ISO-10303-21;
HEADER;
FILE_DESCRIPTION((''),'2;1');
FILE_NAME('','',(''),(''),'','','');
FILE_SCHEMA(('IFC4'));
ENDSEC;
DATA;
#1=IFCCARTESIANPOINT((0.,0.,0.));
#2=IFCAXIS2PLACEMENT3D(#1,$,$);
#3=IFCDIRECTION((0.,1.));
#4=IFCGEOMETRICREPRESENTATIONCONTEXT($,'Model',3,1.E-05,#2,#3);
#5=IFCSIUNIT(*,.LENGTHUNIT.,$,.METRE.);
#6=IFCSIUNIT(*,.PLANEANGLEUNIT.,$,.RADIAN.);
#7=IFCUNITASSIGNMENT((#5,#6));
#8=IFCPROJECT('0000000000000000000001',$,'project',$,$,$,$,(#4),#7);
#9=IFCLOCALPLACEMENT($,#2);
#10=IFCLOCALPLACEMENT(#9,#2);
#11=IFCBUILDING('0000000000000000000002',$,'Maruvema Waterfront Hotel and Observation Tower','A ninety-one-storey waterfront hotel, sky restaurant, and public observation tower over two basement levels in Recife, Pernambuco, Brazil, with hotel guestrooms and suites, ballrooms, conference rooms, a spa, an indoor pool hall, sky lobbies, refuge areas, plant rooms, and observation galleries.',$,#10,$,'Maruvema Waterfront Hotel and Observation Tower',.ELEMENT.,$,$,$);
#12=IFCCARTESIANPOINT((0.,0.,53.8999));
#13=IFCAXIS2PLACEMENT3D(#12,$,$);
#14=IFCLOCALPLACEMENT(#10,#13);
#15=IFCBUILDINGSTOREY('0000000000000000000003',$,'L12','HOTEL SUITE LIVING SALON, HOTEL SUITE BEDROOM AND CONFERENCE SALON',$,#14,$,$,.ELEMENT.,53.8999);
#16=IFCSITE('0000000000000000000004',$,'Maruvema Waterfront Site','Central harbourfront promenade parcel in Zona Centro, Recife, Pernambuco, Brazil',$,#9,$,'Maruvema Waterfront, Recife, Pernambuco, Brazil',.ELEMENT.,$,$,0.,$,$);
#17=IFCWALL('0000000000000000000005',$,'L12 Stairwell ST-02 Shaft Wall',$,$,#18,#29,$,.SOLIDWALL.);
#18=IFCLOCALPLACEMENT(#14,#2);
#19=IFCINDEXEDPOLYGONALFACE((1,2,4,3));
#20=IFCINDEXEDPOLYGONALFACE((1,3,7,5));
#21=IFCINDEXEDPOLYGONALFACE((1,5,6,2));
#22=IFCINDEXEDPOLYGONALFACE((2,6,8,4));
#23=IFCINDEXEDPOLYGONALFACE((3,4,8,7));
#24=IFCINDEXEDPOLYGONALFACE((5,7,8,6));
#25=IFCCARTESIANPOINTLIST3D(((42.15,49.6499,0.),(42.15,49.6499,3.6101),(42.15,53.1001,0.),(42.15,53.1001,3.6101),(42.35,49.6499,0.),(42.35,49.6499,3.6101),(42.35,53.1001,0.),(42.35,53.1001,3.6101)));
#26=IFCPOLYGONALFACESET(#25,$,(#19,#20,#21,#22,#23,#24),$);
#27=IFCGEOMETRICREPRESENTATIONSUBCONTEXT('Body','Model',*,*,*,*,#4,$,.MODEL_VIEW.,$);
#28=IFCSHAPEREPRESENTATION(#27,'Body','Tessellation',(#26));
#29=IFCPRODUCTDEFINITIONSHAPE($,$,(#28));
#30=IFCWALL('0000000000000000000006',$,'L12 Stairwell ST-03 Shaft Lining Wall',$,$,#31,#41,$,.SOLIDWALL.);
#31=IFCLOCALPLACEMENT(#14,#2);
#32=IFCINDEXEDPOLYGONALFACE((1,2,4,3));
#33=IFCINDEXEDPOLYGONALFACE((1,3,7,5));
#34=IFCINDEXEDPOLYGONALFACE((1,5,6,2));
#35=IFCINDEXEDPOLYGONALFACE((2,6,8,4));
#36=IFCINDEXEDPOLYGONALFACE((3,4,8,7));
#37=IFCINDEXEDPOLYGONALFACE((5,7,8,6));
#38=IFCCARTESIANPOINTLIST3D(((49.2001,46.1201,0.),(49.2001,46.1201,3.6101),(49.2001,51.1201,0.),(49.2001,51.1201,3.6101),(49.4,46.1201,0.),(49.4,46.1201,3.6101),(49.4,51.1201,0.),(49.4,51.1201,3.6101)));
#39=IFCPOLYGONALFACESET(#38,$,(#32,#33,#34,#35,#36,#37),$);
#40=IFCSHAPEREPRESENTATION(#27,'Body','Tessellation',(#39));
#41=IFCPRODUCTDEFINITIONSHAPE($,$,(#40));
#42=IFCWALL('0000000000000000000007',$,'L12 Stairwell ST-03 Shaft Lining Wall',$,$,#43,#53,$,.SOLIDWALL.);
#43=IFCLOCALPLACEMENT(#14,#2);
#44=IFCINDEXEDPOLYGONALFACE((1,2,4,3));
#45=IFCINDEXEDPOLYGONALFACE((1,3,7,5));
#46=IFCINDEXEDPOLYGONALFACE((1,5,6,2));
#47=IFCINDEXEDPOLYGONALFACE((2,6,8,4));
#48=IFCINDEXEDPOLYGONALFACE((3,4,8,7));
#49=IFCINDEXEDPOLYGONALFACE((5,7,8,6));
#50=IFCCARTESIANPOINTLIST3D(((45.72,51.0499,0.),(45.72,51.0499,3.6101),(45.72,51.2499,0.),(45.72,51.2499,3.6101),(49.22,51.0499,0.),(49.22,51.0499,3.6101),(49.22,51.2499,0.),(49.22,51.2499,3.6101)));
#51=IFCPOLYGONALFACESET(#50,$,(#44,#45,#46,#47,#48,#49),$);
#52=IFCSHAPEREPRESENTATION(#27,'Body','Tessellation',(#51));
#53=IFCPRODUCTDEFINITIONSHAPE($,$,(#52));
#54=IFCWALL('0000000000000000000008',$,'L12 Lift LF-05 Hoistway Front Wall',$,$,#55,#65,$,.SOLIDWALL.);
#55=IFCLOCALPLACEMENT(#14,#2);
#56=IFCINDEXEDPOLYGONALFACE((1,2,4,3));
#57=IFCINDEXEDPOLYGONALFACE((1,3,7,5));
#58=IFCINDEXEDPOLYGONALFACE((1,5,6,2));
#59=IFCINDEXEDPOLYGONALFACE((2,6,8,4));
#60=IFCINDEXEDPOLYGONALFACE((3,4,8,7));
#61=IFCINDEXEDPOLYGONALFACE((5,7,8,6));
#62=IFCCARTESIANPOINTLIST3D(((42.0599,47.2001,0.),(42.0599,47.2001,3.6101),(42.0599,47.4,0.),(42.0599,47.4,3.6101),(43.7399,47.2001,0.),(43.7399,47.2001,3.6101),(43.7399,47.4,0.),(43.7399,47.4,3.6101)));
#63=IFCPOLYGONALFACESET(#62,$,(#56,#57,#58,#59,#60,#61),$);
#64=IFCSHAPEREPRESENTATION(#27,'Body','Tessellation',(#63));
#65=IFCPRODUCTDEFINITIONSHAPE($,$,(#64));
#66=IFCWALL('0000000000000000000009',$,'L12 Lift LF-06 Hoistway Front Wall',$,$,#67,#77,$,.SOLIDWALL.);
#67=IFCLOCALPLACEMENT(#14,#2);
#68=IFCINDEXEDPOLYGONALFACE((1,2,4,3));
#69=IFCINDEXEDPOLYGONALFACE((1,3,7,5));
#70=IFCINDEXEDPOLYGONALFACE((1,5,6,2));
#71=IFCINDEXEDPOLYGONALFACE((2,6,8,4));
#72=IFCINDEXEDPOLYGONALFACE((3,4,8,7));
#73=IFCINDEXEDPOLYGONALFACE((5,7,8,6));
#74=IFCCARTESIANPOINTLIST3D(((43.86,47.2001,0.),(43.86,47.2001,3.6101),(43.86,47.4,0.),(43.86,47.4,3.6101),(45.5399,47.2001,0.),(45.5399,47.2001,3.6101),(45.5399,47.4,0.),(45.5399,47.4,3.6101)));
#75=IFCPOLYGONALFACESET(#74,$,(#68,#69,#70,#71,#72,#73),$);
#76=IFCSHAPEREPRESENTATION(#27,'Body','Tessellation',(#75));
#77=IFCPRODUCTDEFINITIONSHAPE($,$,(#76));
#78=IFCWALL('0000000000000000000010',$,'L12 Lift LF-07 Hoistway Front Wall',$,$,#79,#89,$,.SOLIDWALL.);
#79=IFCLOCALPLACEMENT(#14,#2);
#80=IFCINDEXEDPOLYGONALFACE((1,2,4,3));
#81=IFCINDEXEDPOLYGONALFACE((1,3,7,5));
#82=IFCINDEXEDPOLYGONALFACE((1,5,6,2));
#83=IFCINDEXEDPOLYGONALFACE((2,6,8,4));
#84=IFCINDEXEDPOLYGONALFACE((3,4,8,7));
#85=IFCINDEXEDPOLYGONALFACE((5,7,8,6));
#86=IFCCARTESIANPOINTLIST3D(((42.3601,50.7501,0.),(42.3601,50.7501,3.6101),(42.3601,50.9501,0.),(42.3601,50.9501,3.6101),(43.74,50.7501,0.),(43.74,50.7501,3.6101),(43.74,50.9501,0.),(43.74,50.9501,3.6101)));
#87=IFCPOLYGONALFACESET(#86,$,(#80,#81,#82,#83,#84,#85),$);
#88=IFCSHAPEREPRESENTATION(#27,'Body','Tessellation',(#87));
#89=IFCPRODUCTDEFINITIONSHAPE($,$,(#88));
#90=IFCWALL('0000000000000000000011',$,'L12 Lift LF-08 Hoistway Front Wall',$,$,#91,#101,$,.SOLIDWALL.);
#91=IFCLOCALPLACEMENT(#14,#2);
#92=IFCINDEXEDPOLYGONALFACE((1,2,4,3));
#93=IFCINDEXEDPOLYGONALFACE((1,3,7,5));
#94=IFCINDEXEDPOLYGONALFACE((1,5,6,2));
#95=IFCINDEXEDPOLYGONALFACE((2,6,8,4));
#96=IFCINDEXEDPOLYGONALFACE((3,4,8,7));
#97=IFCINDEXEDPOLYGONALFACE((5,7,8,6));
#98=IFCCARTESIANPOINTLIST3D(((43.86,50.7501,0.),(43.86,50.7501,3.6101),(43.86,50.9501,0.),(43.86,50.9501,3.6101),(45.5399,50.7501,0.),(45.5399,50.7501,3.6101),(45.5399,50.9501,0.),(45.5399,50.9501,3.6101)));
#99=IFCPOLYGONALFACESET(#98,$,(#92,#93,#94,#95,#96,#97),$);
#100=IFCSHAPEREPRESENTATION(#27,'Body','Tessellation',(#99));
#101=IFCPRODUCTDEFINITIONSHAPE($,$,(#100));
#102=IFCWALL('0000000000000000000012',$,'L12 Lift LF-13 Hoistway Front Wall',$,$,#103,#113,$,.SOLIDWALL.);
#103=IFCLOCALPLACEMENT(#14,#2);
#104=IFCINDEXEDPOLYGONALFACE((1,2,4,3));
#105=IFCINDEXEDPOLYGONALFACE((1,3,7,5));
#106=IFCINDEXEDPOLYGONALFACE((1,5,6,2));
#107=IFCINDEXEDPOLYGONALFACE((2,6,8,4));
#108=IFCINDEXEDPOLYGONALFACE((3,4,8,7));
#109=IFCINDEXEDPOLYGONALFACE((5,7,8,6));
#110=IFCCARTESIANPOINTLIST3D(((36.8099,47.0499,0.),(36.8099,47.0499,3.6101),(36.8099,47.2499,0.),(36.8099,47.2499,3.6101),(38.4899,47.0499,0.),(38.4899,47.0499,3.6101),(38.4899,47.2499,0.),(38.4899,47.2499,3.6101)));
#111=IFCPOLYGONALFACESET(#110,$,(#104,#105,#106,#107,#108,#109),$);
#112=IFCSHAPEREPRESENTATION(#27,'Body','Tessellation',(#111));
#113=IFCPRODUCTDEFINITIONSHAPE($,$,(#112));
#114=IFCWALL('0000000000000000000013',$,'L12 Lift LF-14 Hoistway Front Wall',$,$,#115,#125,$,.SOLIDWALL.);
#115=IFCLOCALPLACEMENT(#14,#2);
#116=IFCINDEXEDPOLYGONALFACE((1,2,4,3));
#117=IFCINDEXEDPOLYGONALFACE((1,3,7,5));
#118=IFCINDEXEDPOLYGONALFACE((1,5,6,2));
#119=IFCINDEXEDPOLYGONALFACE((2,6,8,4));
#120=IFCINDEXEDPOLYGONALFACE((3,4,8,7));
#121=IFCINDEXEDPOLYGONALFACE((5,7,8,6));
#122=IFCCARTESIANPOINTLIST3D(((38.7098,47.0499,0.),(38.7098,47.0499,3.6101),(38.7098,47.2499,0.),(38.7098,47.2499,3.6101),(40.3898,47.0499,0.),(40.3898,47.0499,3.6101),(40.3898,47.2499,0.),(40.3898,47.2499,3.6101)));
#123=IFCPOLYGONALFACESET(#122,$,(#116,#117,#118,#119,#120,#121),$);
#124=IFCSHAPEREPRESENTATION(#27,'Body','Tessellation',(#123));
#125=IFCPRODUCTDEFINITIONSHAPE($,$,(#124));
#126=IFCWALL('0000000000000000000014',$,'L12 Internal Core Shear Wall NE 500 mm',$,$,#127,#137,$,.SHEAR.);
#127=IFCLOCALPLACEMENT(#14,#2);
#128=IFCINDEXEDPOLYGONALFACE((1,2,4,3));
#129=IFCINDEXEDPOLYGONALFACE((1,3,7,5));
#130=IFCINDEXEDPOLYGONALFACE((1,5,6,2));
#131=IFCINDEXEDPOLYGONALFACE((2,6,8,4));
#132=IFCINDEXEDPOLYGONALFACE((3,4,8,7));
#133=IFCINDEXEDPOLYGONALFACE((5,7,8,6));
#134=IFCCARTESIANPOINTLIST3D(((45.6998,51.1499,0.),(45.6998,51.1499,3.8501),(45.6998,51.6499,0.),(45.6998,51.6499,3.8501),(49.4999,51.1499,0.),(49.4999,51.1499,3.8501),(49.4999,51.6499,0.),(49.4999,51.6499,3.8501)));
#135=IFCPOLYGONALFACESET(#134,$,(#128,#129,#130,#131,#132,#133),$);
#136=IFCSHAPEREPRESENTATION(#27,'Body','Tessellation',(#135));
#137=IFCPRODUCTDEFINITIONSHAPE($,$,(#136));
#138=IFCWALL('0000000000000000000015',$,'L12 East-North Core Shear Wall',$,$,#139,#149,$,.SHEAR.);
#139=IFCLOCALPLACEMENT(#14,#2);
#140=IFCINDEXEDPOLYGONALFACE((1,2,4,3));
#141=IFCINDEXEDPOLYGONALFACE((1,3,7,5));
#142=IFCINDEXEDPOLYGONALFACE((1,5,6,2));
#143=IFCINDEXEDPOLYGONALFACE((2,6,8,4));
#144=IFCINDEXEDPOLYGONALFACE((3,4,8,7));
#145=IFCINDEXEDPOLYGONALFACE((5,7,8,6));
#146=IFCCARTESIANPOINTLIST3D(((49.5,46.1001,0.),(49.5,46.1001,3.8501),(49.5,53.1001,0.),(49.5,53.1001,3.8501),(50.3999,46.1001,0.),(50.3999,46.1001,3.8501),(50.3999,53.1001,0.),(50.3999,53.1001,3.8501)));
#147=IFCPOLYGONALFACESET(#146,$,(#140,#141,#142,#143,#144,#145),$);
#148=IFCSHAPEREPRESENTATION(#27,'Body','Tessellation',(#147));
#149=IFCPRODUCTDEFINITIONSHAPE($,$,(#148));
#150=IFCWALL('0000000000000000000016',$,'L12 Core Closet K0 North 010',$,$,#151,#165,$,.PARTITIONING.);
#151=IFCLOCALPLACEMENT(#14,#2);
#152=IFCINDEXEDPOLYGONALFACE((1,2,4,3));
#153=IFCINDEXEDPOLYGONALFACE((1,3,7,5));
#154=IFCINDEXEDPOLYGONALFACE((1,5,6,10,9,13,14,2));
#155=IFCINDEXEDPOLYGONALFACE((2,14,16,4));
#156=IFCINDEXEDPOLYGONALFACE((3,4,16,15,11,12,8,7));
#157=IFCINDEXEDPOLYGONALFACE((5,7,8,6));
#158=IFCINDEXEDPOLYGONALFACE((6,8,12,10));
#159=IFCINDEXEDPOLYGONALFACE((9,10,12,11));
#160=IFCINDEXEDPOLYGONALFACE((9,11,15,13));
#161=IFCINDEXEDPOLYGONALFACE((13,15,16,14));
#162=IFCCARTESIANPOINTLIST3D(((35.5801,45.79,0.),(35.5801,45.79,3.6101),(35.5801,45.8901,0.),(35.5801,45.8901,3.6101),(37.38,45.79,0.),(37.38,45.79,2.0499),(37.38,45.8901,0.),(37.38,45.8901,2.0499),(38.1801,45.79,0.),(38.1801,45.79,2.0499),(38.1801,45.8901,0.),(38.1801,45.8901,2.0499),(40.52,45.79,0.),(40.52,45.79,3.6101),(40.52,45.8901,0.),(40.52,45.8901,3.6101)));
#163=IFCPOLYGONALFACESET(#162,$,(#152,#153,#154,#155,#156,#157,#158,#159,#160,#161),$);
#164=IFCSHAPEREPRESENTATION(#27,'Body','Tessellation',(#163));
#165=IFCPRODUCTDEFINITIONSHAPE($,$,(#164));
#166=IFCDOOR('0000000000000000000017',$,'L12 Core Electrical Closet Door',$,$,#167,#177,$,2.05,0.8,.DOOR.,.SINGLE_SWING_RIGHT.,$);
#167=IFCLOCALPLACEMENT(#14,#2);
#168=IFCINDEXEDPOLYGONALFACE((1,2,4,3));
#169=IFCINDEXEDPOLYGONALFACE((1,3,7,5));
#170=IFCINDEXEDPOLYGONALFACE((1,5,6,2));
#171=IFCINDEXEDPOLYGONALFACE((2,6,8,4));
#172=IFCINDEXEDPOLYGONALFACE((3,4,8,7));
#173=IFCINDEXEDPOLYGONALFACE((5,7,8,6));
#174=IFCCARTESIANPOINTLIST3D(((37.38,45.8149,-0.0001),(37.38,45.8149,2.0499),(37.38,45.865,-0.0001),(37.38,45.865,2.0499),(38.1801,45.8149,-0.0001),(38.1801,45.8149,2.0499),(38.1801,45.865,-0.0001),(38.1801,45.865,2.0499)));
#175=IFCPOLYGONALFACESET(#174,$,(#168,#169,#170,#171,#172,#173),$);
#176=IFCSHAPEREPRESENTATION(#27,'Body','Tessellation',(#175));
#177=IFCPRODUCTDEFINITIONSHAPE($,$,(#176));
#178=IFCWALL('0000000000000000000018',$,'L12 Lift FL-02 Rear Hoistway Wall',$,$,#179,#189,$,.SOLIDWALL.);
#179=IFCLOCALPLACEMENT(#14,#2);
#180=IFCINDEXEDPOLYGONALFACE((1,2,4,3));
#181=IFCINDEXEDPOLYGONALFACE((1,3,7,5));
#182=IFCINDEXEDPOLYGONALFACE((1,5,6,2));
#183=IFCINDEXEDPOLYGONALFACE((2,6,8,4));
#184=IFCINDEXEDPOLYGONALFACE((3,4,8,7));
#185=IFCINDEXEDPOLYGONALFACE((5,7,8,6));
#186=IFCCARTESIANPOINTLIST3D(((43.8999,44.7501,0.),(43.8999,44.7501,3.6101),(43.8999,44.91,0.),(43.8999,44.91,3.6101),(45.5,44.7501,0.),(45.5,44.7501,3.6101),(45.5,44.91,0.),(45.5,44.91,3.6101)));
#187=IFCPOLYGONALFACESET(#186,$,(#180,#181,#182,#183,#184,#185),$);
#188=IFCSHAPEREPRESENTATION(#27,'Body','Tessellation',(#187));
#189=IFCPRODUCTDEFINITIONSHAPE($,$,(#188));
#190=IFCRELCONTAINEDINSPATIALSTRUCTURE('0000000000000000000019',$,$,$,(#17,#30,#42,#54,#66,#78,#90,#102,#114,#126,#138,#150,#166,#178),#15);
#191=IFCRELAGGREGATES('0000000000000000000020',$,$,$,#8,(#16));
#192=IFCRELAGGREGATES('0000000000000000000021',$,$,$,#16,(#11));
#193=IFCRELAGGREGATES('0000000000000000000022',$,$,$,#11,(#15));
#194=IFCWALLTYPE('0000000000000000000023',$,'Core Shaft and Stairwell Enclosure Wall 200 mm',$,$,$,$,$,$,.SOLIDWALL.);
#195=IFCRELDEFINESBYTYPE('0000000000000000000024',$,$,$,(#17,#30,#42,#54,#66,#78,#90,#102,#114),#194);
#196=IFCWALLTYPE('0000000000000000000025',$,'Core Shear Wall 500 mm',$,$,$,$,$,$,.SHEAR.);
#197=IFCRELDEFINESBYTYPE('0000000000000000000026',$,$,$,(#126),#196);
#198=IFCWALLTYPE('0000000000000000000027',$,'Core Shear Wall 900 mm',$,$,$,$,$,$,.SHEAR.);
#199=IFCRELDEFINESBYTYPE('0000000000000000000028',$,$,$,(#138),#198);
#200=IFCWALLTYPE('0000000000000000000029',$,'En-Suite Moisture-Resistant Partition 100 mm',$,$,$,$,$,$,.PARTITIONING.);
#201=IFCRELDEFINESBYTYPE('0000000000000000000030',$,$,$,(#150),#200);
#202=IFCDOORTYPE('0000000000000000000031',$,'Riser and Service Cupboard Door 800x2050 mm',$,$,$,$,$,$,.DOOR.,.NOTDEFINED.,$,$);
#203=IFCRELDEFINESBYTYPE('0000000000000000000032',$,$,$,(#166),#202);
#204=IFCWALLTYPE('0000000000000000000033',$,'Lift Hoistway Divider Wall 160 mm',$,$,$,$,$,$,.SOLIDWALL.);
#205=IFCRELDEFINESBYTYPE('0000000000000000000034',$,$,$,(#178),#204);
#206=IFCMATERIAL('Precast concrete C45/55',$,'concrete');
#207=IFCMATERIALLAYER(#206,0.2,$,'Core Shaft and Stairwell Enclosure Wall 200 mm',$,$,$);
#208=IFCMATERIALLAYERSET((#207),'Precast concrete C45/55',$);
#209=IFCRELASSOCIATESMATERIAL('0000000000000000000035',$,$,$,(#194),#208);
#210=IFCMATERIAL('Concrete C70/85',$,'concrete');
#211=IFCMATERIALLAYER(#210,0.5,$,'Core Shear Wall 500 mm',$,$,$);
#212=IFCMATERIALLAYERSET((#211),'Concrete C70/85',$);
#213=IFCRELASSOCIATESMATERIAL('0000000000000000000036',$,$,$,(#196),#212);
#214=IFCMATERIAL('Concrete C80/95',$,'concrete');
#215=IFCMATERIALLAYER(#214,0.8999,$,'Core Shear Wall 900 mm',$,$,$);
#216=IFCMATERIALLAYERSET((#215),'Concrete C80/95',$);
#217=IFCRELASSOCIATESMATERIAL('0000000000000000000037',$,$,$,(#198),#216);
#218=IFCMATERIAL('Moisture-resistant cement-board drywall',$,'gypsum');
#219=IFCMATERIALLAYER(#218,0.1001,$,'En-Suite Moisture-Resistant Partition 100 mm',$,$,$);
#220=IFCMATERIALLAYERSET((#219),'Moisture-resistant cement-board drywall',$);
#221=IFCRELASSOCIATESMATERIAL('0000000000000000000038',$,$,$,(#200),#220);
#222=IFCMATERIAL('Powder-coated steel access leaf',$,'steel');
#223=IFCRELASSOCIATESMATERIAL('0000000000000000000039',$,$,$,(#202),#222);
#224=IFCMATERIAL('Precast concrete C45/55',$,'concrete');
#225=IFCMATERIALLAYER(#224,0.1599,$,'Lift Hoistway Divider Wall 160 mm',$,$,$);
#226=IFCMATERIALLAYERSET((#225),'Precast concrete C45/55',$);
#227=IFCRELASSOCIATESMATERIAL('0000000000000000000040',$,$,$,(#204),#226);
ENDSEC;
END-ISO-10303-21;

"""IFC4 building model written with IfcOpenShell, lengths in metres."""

from ifc_helpers import new_model, si_unit, direction, frame, frame_2d, origin, place, context, subcontext, project, spatial, rectangle, extrude, material, layer, layer_set, type_object, element, fill, save


model = new_model("IFC4")

# Units and contexts
model_context = context("Model", 3, precision=1e-05, world=origin(), true_north=direction((0.0, 1.0)))
body_context = subcontext(model_context, "Body", "Model", "MODEL_VIEW")
ifc_project = project(units=[si_unit("LENGTHUNIT", "METRE"), si_unit("PLANEANGLEUNIT", "RADIAN")], contexts=[model_context])

# Site, building, storey
site_placement = place(None, origin())
site = spatial("IfcSite", under=ifc_project, at=site_placement, Name="Maruvema Waterfront Site", Description="Central harbourfront promenade parcel in Zona Centro, Recife, Pernambuco, Brazil", LongName="Maruvema Waterfront, Recife, Pernambuco, Brazil", CompositionType="ELEMENT", RefElevation=0.0)
building_placement = place(site_placement, origin())
building = spatial("IfcBuilding", under=site, at=building_placement, Name="Maruvema Waterfront Hotel and Observation Tower", Description="A ninety-one-storey waterfront hotel, sky restaurant, and public observation tower over two basement levels in Recife, Pernambuco, Brazil, with hotel guestrooms and suites, ballrooms, conference rooms, a spa, an indoor pool hall, sky lobbies, refuge areas, plant rooms, and observation galleries.", LongName="Maruvema Waterfront Hotel and Observation Tower", CompositionType="ELEMENT")
storey_placement = place(building_placement, frame((0.0, 0.0, 53.8999)))
storey = spatial("IfcBuildingStorey", under=building, at=storey_placement, Name="L12", Description="HOTEL SUITE LIVING SALON, HOTEL SUITE BEDROOM AND CONFERENCE SALON", CompositionType="ELEMENT", Elevation=53.8999)

# Walls
ifc_material_1 = material(Name="Precast concrete C45/55", Category="concrete")
ifc_layer_1 = layer(ifc_material_1, 0.2, Name="Core Shaft and Stairwell Enclosure Wall 200 mm")
ifc_layer_set_1 = layer_set([ifc_layer_1], Name="Precast concrete C45/55")
wall_type_1 = type_object("IfcWallType", Name="Core Shaft and Stairwell Enclosure Wall 200 mm", PredefinedType="SOLIDWALL", material=ifc_layer_set_1)
wall_1_placement = place(storey_placement, frame((42.25, 49.6499, 0.0), z_axis=(0.0, 0.0, 1.0), x_axis=(0.0, 1.0, 0.0)))
element("IfcWall", 1, at=wall_1_placement, inside=storey, type_object=wall_type_1, Name="L12 Stairwell ST-02 Shaft Wall", PredefinedType="SOLIDWALL", context=body_context, shape_type="SweptSolid", body=[
    extrude(rectangle(XDim=3.4502, YDim=0.2, at=frame_2d((1.7251, 0.0))), origin(), (0.0, 0.0, 1.0), 3.6101),
])
wall_2_placement = place(storey_placement, frame((49.3, 46.1201, 0.0), z_axis=(0.0, 0.0, 1.0), x_axis=(0.0, 1.0, 0.0)))
element("IfcWall", 2, at=wall_2_placement, inside=storey, type_object=wall_type_1, Name="L12 Stairwell ST-03 Shaft Lining Wall", PredefinedType="SOLIDWALL", context=body_context, shape_type="SweptSolid", body=[
    extrude(rectangle(XDim=5.0, YDim=0.2, at=frame_2d((2.5, 0.0))), origin(), (0.0, 0.0, 1.0), 3.6101),
])
wall_3_placement = place(storey_placement, frame((45.72, 51.1499, 0.0), z_axis=(0.0, 0.0, 1.0), x_axis=(1.0, 0.0, 0.0)))
element("IfcWall", 3, at=wall_3_placement, inside=storey, type_object=wall_type_1, Name="L12 Stairwell ST-03 Shaft Lining Wall", PredefinedType="SOLIDWALL", context=body_context, shape_type="SweptSolid", body=[
    extrude(rectangle(XDim=3.5, YDim=0.2, at=frame_2d((1.75, 0.0))), origin(), (0.0, 0.0, 1.0), 3.6101),
])
for number, where, z_axis, x_axis, name in (
    (4, (42.0601, 47.3, 0.0), (0.0, 0.0, 1.0), (1.0, 0.0, 0.0), "L12 Lift LF-05 Hoistway Front Wall"),
    (5, (43.8601, 47.3, 0.0), (0.0, 0.0, 1.0), (1.0, 0.0, 0.0), "L12 Lift LF-06 Hoistway Front Wall"),
):
    element("IfcWall", number, at=place(storey_placement, frame(where, z_axis=z_axis, x_axis=x_axis)), inside=storey, type_object=wall_type_1, Name=name, PredefinedType="SOLIDWALL", context=body_context, shape_type="SweptSolid", body=[
        extrude(rectangle(XDim=1.6799, YDim=0.2, at=frame_2d((0.8398, 0.0))), origin(), (0.0, 0.0, 1.0), 3.6101),
    ])
wall_4_placement = place(storey_placement, frame((42.3601, 50.8501, 0.0), z_axis=(0.0, 0.0, 1.0), x_axis=(1.0, 0.0, 0.0)))
element("IfcWall", 6, at=wall_4_placement, inside=storey, type_object=wall_type_1, Name="L12 Lift LF-07 Hoistway Front Wall", PredefinedType="SOLIDWALL", context=body_context, shape_type="SweptSolid", body=[
    extrude(rectangle(XDim=1.3799, YDim=0.2, at=frame_2d((0.6899, 0.0))), origin(), (0.0, 0.0, 1.0), 3.6101),
])
for number, where, z_axis, x_axis, name in (
    (7, (43.8601, 50.8501, 0.0), (0.0, 0.0, 1.0), (1.0, 0.0, 0.0), "L12 Lift LF-08 Hoistway Front Wall"),
    (8, (36.8101, 47.1499, 0.0), (0.0, 0.0, 1.0), (1.0, 0.0, 0.0), "L12 Lift LF-13 Hoistway Front Wall"),
    (9, (38.71, 47.1499, 0.0), (0.0, 0.0, 1.0), (1.0, 0.0, 0.0), "L12 Lift LF-14 Hoistway Front Wall"),
):
    element("IfcWall", number, at=place(storey_placement, frame(where, z_axis=z_axis, x_axis=x_axis)), inside=storey, type_object=wall_type_1, Name=name, PredefinedType="SOLIDWALL", context=body_context, shape_type="SweptSolid", body=[
        extrude(rectangle(XDim=1.6799, YDim=0.2, at=frame_2d((0.8398, 0.0))), origin(), (0.0, 0.0, 1.0), 3.6101),
    ])
ifc_material_2 = material(Name="Concrete C70/85", Category="concrete")
ifc_layer_2 = layer(ifc_material_2, 0.5, Name="Core Shear Wall 500 mm")
ifc_layer_set_2 = layer_set([ifc_layer_2], Name="Concrete C70/85")
wall_type_2 = type_object("IfcWallType", Name="Core Shear Wall 500 mm", PredefinedType="SHEAR", material=ifc_layer_set_2)
wall_5_placement = place(storey_placement, frame((45.7, 51.3999, 0.0), z_axis=(0.0, 0.0, 1.0), x_axis=(1.0, 0.0, 0.0)))
element("IfcWall", 10, at=wall_5_placement, inside=storey, type_object=wall_type_2, Name="L12 Internal Core Shear Wall NE 500 mm", PredefinedType="SHEAR", context=body_context, shape_type="SweptSolid", body=[
    extrude(rectangle(XDim=3.8, YDim=0.5, at=frame_2d((1.8999, 0.0))), origin(), (0.0, 0.0, 1.0), 3.8501),
])
ifc_material_3 = material(Name="Concrete C80/95", Category="concrete")
ifc_layer_3 = layer(ifc_material_3, 0.8999, Name="Core Shear Wall 900 mm")
ifc_layer_set_3 = layer_set([ifc_layer_3], Name="Concrete C80/95")
wall_type_3 = type_object("IfcWallType", Name="Core Shear Wall 900 mm", PredefinedType="SHEAR", material=ifc_layer_set_3)
wall_6_placement = place(storey_placement, frame((49.95, 46.1001, 0.0), z_axis=(0.0, 0.0, 1.0), x_axis=(0.0, 1.0, 0.0)))
element("IfcWall", 11, at=wall_6_placement, inside=storey, type_object=wall_type_3, Name="L12 East-North Core Shear Wall", PredefinedType="SHEAR", context=body_context, shape_type="SweptSolid", body=[
    extrude(rectangle(XDim=7.0, YDim=0.8999, at=frame_2d((3.5, 0.0))), origin(), (0.0, 0.0, 1.0), 3.8501),
])

# Wall, opening, door
ifc_material_4 = material(Name="Moisture-resistant cement-board drywall", Category="gypsum")
ifc_layer_4 = layer(ifc_material_4, 0.1001, Name="En-Suite Moisture-Resistant Partition 100 mm")
ifc_layer_set_4 = layer_set([ifc_layer_4], Name="Moisture-resistant cement-board drywall")
wall_type_4 = type_object("IfcWallType", Name="En-Suite Moisture-Resistant Partition 100 mm", PredefinedType="PARTITIONING", material=ifc_layer_set_4)
wall_7_placement = place(storey_placement, frame((35.5801, 45.8401, 0.0), z_axis=(0.0, 0.0, 1.0), x_axis=(1.0, 0.0, 0.0)))
wall_7 = element("IfcWall", 12, at=wall_7_placement, inside=storey, type_object=wall_type_4, Name="L12 Core Closet K0 North 010", PredefinedType="PARTITIONING", context=body_context, shape_type="SweptSolid", body=[
    extrude(rectangle(XDim=4.9399, YDim=0.1001, at=frame_2d((2.47, 0.0))), origin(), (0.0, 0.0, 1.0), 3.6101),
])
opening_placement = place(wall_7_placement, frame((1.8, 0.0, 0.0)))
opening = element("IfcOpeningElement", 13, at=opening_placement, cuts=wall_7, PredefinedType="OPENING", context=body_context, shape_type="SweptSolid", body=[
    extrude(rectangle(XDim=0.8, YDim=2.05, at=frame_2d((0.3999, 1.0249))), frame((0.0, 0.0601, 0.0), z_axis=(0.0, -1.0, 0.0), x_axis=(1.0, 0.0, 0.0)), (0.0, 0.0, 1.0), 0.1201),
])
ifc_material_5 = material(Name="Powder-coated steel access leaf", Category="steel")
door_type = type_object("IfcDoorType", Name="Riser and Service Cupboard Door 800x2050 mm", OperationType="NOTDEFINED", PredefinedType="DOOR", material=ifc_material_5)
door_placement = place(opening_placement, origin())
door = element("IfcDoor", 14, at=door_placement, inside=storey, type_object=door_type, Name="L12 Core Electrical Closet Door", OperationType="SINGLE_SWING_RIGHT", OverallHeight=2.05, OverallWidth=0.8, PredefinedType="DOOR", context=body_context, shape_type="SweptSolid", body=[
    extrude(rectangle(XDim=0.8, YDim=2.05, at=frame_2d((0.3999, 1.0249))), frame((0.0, 0.0249, 0.0), z_axis=(0.0, -1.0, 0.0), x_axis=(1.0, 0.0, 0.0)), (0.0, 0.0, 1.0), 0.05),
])
fill(opening, door)

# Wall
ifc_material_6 = material(Name="Precast concrete C45/55", Category="concrete")
ifc_layer_5 = layer(ifc_material_6, 0.1599, Name="Lift Hoistway Divider Wall 160 mm")
ifc_layer_set_5 = layer_set([ifc_layer_5], Name="Precast concrete C45/55")
wall_type_5 = type_object("IfcWallType", Name="Lift Hoistway Divider Wall 160 mm", PredefinedType="SOLIDWALL", material=ifc_layer_set_5)
wall_8_placement = place(storey_placement, frame((43.8999, 44.8301, 0.0), z_axis=(0.0, 0.0, 1.0), x_axis=(1.0, 0.0, 0.0)))
element("IfcWall", 15, at=wall_8_placement, inside=storey, type_object=wall_type_5, Name="L12 Lift FL-02 Rear Hoistway Wall", PredefinedType="SOLIDWALL", context=body_context, shape_type="SweptSolid", body=[
    extrude(rectangle(XDim=1.6001, YDim=0.1599, at=frame_2d((0.8, 0.0))), origin(), (0.0, 0.0, 1.0), 3.6101),
])

save(model, "model.ifc")
